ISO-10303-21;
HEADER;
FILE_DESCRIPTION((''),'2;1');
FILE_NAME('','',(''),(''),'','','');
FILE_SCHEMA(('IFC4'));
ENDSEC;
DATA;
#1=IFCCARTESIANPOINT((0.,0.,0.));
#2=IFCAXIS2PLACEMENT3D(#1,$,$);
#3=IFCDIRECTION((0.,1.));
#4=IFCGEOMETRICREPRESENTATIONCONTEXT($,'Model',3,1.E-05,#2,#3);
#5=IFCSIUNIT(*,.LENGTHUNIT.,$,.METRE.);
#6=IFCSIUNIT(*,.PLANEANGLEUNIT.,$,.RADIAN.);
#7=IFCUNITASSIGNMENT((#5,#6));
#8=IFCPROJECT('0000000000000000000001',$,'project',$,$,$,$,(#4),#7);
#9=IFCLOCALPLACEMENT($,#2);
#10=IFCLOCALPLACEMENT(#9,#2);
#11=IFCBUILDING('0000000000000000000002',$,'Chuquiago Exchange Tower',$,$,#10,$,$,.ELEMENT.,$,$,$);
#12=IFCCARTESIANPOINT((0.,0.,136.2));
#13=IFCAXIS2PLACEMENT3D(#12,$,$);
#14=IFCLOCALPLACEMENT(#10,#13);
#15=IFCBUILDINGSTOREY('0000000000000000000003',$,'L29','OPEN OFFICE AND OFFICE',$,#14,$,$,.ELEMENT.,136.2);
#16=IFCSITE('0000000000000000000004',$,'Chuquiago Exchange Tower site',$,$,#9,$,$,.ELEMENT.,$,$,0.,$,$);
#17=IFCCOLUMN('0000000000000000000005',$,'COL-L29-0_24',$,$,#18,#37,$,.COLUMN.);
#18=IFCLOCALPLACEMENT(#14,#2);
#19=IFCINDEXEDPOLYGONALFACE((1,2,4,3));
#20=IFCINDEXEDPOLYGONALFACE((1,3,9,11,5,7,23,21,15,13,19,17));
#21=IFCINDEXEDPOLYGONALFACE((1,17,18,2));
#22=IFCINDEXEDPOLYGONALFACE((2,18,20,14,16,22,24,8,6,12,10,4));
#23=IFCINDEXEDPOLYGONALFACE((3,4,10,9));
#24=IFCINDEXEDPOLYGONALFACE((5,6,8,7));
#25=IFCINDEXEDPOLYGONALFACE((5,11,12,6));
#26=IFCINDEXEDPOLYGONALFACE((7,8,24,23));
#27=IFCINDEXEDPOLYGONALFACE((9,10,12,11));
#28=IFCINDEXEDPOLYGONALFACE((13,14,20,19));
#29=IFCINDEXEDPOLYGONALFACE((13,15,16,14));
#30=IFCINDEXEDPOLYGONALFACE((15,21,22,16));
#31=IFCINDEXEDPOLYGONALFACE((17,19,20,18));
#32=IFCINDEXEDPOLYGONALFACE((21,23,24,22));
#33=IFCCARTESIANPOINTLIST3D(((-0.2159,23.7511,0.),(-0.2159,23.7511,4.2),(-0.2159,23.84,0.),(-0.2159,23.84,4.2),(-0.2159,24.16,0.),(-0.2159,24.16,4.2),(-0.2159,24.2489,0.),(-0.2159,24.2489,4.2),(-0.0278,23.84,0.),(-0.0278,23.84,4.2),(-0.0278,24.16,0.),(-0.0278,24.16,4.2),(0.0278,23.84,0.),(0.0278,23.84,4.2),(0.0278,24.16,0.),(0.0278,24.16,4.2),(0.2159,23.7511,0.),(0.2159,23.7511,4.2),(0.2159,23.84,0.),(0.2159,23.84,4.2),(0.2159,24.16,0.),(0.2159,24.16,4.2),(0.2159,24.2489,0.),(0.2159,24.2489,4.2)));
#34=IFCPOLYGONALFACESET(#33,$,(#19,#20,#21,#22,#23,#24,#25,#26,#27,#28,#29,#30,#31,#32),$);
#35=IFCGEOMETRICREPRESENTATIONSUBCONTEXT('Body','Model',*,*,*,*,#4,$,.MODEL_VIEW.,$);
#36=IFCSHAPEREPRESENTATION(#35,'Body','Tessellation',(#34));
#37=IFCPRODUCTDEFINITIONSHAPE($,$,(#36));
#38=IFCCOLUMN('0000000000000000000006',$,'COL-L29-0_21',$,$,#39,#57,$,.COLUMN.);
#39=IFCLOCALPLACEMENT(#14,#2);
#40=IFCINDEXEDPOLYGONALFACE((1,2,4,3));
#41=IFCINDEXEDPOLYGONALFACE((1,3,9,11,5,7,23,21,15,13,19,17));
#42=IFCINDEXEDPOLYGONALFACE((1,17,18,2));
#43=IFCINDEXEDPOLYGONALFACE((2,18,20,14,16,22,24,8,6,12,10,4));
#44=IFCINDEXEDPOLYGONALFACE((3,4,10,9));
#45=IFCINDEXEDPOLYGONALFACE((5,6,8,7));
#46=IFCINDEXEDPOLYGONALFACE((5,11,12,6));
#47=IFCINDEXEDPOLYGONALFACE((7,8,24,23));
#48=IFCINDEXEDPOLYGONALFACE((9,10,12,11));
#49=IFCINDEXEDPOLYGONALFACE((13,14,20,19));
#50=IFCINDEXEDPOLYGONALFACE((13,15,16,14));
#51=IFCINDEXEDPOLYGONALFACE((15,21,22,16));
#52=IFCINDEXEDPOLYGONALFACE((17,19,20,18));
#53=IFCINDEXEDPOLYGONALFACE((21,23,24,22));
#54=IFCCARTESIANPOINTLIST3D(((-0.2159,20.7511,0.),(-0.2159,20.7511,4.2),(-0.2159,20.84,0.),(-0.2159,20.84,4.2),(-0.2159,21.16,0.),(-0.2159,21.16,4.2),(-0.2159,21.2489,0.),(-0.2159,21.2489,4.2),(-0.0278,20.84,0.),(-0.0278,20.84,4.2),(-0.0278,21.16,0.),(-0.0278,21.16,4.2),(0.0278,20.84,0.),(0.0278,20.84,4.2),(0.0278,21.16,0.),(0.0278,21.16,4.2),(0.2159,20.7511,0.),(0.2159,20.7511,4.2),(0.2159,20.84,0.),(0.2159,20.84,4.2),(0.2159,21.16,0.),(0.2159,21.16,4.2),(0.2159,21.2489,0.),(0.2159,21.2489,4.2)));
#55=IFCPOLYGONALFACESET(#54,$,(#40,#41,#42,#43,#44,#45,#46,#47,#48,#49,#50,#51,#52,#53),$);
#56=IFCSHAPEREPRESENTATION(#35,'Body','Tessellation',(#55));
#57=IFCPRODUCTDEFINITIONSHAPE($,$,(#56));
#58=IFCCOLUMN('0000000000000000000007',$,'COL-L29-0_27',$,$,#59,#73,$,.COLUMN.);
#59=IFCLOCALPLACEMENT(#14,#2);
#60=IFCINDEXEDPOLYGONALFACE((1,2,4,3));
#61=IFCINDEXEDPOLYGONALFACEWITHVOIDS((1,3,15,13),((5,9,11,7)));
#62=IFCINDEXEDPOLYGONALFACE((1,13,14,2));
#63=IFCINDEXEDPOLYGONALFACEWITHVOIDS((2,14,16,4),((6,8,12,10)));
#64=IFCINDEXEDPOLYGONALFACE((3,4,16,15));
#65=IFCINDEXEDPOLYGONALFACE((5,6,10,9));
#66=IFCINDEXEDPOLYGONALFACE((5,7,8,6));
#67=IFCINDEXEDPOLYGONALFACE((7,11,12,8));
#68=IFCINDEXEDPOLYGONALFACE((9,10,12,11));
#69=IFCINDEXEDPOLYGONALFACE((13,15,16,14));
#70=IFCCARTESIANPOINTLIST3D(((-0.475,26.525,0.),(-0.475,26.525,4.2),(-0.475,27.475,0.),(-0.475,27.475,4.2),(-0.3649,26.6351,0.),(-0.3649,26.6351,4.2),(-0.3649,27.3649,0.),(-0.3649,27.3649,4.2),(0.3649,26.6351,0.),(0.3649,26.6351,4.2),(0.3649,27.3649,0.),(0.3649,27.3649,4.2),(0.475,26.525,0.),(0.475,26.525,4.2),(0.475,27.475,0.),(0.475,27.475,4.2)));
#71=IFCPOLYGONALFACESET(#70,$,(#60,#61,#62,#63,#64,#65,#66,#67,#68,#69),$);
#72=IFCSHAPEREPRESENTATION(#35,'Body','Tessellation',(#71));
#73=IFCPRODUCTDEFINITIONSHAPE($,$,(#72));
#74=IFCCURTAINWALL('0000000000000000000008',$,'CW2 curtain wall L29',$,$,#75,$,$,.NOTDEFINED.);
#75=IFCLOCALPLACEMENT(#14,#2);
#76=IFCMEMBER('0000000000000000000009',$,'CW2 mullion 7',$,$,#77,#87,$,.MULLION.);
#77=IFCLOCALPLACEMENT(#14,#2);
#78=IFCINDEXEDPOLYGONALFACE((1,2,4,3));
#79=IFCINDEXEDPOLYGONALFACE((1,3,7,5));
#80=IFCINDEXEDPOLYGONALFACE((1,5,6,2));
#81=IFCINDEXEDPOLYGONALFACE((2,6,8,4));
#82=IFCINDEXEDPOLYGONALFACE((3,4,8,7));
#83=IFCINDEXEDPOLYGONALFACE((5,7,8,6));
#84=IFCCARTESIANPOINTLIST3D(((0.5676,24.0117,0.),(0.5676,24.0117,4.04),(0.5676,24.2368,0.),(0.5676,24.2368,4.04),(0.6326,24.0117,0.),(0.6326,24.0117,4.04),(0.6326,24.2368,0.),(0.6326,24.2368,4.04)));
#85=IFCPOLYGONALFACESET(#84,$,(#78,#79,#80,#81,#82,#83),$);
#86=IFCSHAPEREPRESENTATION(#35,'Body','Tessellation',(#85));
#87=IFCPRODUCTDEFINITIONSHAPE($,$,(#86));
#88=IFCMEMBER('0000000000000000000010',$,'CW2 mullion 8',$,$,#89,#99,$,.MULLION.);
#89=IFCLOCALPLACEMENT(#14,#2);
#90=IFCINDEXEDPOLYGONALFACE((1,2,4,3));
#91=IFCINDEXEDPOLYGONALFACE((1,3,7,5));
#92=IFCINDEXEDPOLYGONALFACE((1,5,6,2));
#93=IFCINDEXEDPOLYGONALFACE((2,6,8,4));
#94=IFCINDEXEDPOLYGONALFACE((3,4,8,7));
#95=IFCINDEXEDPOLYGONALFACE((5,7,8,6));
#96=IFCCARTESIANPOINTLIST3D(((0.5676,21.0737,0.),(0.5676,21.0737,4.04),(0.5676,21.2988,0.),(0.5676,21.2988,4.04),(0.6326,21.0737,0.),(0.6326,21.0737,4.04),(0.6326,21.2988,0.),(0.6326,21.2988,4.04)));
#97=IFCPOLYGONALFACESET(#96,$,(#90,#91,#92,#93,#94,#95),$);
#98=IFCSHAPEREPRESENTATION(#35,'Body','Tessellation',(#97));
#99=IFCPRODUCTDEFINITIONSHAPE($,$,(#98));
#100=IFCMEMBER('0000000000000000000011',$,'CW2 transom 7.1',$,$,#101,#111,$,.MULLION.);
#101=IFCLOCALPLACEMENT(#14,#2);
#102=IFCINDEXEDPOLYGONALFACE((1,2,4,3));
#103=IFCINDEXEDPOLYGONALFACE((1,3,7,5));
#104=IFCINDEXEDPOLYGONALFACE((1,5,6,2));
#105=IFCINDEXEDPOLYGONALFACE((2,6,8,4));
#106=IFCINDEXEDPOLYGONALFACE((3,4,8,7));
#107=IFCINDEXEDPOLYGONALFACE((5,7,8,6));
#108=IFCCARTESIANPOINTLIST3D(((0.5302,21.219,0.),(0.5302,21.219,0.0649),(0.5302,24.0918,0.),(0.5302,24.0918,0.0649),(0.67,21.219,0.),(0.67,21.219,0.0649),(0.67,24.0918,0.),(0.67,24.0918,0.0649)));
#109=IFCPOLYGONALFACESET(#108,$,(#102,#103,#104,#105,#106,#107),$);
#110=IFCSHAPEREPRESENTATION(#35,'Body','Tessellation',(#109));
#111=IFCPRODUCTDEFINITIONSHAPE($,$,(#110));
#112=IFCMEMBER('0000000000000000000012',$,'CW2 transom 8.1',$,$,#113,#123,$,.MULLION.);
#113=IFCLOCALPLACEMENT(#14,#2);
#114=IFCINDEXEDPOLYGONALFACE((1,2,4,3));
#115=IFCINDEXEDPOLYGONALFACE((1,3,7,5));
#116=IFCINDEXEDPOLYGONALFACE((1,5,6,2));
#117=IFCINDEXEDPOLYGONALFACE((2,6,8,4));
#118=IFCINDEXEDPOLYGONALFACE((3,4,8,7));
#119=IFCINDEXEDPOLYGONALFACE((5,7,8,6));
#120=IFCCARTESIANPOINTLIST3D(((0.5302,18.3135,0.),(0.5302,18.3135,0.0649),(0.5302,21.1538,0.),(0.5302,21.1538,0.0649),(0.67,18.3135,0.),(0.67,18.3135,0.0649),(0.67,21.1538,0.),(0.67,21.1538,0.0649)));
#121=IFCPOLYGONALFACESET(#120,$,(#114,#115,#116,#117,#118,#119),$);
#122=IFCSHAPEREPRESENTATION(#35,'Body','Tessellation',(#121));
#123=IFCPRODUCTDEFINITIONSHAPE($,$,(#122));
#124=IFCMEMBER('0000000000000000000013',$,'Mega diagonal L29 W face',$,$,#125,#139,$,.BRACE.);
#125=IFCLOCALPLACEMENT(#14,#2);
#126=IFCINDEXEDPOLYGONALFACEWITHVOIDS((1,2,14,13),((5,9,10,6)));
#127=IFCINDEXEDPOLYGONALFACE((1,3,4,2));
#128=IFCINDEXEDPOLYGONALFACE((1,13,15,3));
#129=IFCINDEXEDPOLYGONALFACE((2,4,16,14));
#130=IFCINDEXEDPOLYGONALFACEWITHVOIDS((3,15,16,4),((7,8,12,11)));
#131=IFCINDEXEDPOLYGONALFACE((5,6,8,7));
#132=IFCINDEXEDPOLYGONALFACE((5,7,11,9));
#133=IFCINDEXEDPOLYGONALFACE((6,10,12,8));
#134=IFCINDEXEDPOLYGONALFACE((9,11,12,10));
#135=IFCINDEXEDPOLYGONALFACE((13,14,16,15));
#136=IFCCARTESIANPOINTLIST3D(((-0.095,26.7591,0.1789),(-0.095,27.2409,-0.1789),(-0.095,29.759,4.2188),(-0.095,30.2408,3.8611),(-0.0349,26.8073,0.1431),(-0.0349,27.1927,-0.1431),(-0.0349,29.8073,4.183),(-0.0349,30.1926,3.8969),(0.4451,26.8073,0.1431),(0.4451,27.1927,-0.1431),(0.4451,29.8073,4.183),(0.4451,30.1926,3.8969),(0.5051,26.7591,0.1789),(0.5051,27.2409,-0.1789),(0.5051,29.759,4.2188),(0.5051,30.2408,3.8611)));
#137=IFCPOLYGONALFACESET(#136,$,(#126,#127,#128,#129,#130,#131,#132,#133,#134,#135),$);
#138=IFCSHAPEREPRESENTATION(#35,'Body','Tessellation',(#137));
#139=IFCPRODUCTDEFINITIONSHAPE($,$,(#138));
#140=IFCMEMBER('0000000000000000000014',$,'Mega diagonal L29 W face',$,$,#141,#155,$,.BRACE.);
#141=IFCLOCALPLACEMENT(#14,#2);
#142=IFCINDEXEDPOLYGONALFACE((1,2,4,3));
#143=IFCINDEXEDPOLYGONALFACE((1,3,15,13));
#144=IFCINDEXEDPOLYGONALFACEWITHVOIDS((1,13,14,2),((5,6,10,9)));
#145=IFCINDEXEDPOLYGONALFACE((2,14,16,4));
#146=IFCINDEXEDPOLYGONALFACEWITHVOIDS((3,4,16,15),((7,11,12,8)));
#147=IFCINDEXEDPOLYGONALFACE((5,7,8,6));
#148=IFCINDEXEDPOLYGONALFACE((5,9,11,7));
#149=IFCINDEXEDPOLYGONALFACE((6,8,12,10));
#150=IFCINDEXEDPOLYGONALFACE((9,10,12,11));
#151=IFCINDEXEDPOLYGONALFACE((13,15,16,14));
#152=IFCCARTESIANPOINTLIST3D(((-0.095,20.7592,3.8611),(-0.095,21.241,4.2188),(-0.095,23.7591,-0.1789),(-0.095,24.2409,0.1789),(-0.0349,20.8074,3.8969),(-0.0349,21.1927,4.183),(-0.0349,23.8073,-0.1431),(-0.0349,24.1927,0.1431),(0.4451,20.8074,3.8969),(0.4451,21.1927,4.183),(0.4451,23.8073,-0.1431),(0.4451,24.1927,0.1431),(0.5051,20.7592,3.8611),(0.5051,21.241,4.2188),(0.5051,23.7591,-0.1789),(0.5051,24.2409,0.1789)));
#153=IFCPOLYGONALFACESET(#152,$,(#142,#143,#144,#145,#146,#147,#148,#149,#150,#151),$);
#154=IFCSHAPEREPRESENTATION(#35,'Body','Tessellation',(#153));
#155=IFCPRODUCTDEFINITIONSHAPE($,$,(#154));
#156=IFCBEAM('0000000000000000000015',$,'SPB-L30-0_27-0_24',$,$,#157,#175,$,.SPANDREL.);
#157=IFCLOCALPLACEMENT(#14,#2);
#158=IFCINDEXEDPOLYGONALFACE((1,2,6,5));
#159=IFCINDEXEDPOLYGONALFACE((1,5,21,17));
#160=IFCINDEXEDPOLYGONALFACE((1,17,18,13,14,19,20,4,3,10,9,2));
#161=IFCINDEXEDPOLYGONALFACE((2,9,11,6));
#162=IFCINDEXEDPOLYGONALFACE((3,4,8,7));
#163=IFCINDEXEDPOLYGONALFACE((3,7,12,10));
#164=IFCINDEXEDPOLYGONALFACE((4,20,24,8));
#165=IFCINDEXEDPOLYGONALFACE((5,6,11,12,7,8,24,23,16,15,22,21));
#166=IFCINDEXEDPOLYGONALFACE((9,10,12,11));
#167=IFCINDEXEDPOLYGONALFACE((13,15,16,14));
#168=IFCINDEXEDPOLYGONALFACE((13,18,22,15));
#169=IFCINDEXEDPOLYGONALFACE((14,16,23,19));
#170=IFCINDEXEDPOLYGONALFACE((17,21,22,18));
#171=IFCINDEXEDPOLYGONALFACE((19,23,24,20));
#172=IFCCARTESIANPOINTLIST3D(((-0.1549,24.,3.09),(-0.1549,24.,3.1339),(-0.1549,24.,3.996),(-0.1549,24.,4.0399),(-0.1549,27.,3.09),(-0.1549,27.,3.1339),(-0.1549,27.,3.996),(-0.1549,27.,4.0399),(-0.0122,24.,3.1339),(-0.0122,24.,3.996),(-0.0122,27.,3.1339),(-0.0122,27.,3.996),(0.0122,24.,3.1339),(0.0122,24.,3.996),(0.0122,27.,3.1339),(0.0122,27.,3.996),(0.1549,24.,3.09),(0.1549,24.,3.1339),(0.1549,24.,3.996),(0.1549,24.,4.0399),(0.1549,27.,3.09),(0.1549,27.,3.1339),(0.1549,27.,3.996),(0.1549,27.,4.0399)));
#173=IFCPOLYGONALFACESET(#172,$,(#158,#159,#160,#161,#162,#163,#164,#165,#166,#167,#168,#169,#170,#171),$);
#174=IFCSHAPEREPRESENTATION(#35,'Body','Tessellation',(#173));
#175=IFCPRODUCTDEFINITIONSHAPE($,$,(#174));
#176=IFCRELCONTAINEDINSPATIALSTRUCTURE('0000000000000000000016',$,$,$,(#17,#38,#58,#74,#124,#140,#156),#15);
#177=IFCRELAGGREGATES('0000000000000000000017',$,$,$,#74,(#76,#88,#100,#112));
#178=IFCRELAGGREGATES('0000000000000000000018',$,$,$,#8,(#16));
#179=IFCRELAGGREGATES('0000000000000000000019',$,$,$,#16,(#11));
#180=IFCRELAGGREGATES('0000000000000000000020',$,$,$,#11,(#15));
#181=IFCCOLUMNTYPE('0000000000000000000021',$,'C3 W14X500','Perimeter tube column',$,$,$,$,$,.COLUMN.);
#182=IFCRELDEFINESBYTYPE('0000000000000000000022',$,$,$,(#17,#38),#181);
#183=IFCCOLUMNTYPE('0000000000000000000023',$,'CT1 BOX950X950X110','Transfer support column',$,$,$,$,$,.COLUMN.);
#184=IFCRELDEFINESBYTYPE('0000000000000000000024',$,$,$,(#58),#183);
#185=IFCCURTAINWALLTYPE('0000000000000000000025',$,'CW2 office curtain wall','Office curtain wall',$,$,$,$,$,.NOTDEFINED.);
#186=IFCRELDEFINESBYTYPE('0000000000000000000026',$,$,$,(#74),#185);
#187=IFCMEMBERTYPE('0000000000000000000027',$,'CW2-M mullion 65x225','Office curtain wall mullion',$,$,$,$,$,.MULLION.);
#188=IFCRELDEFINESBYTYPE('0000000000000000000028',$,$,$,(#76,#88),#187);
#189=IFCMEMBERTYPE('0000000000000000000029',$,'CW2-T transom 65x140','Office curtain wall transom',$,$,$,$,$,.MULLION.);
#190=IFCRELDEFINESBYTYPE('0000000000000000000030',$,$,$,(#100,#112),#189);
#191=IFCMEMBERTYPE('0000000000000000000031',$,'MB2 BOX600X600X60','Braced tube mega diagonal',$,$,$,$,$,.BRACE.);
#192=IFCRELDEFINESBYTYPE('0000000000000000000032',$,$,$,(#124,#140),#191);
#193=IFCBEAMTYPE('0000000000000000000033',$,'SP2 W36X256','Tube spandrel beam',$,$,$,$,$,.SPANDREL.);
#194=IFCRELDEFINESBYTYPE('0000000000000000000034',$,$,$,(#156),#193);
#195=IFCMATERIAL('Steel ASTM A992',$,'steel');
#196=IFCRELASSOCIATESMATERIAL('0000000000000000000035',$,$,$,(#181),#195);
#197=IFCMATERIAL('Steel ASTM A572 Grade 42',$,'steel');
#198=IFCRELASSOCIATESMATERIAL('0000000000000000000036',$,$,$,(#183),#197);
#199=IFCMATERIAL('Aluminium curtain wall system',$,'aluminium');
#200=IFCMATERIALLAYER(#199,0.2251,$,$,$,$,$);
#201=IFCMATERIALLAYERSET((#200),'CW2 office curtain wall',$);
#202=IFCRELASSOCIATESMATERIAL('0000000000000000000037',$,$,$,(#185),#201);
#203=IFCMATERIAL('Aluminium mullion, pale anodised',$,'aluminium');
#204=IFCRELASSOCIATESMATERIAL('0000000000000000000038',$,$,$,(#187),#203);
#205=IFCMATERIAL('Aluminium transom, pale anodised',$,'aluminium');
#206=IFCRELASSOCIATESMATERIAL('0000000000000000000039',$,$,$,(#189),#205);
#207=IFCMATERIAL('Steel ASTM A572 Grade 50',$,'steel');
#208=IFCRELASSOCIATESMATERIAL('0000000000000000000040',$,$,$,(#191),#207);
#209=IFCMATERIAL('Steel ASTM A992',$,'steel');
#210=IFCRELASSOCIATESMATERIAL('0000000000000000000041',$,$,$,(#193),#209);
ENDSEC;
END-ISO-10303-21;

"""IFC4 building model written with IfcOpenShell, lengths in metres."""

from ifc_helpers import new_model, si_unit, direction, frame, origin, origin_2d, place, context, subcontext, project, spatial, rectangle, hollow_rectangle, i_section, extrude, material, layer, layer_set, material_profile, profile_set, type_object, element, aggregate, save


model = new_model("IFC4")

# Units and contexts
model_context = context("Model", 3, precision=1e-05, world=origin(), true_north=direction((0.0, 1.0)))
body_context = subcontext(model_context, "Body", "Model", "MODEL_VIEW")
ifc_project = project(units=[si_unit("LENGTHUNIT", "METRE"), si_unit("PLANEANGLEUNIT", "RADIAN")], contexts=[model_context])

# Site, building, storey
site_placement = place(None, origin())
site = spatial("IfcSite", under=ifc_project, at=site_placement, Name="Chuquiago Exchange Tower site", CompositionType="ELEMENT", RefElevation=0.0)
building_placement = place(site_placement, origin())
building = spatial("IfcBuilding", under=site, at=building_placement, Name="Chuquiago Exchange Tower", CompositionType="ELEMENT")
storey_placement = place(building_placement, frame((0.0, 0.0, 136.2)))
storey = spatial("IfcBuildingStorey", under=building, at=storey_placement, Name="L29", Description="OPEN OFFICE AND OFFICE", CompositionType="ELEMENT", Elevation=136.2)

# Columns
ifc_material_1 = material(Name="Steel ASTM A992", Category="steel")
ifc_material_profile_1 = material_profile(ifc_material_1, i_section(OverallWidth=0.4319, OverallDepth=0.4978, WebThickness=0.0557, FlangeThickness=0.0889, at=origin_2d()), Name="W14X500")
ifc_profile_set_1 = profile_set([ifc_material_profile_1], Name="Steel ASTM A992")
column_type_1 = type_object("IfcColumnType", Name="C3 W14X500", Description="Perimeter tube column", PredefinedType="COLUMN", material=ifc_profile_set_1)
for number, where, z_axis, x_axis, name in (
    (1, (0.0, 24.0, 0.0), (0.0, 0.0, 1.0), (-1.0, 0.0, 0.0), "COL-L29-0_24"),
    (2, (0.0, 21.0, 0.0), (0.0, 0.0, 1.0), (-1.0, 0.0, 0.0), "COL-L29-0_21"),
):
    element("IfcColumn", number, at=place(storey_placement, frame(where, z_axis=z_axis, x_axis=x_axis)), inside=storey, type_object=column_type_1, Name=name, PredefinedType="COLUMN", context=body_context, shape_type="SweptSolid", body=[
        extrude(i_section(OverallWidth=0.4319, OverallDepth=0.4978, WebThickness=0.0557, FlangeThickness=0.0889, at=origin_2d()), origin(), (0.0, 0.0, 1.0), 4.2),
    ])
ifc_material_2 = material(Name="Steel ASTM A572 Grade 42", Category="steel")
ifc_material_profile_2 = material_profile(ifc_material_2, hollow_rectangle(XDim=0.95, YDim=0.95, WallThickness=0.1101, at=origin_2d()), Name="BOX950X950X110")
ifc_profile_set_2 = profile_set([ifc_material_profile_2], Name="Steel ASTM A572 Grade 42")
column_type_2 = type_object("IfcColumnType", Name="CT1 BOX950X950X110", Description="Transfer support column", PredefinedType="COLUMN", material=ifc_profile_set_2)
column_placement = place(storey_placement, frame((0.0, 27.0, 0.0), z_axis=(0.0, 0.0, 1.0), x_axis=(-1.0, 0.0, 0.0)))
element("IfcColumn", 3, at=column_placement, inside=storey, type_object=column_type_2, Name="COL-L29-0_27", PredefinedType="COLUMN", context=body_context, shape_type="SweptSolid", body=[
    extrude(hollow_rectangle(XDim=0.95, YDim=0.95, WallThickness=0.1101, at=origin_2d()), origin(), (0.0, 0.0, 1.0), 4.2),
])

# Curtain wall, members
ifc_material_3 = material(Name="Aluminium curtain wall system", Category="aluminium")
ifc_layer_1 = layer(ifc_material_3, 0.2251)
ifc_layer_set_1 = layer_set([ifc_layer_1], Name="CW2 office curtain wall")
curtain_wall_type = type_object("IfcCurtainWallType", Name="CW2 office curtain wall", Description="Office curtain wall", PredefinedType="NOTDEFINED", material=ifc_layer_set_1)
curtain_wall_placement = place(storey_placement, origin())
curtain_wall = element("IfcCurtainWall", 4, at=curtain_wall_placement, inside=storey, type_object=curtain_wall_type, Name="CW2 curtain wall L29", PredefinedType="NOTDEFINED")
ifc_material_4 = material(Name="Aluminium mullion, pale anodised", Category="aluminium")
ifc_material_profile_3 = material_profile(ifc_material_4, rectangle(XDim=0.0649, YDim=0.2251, at=origin_2d()), Name="AL 65x225")
ifc_profile_set_3 = profile_set([ifc_material_profile_3], Name="Aluminium mullion, pale anodised")
member_type_1 = type_object("IfcMemberType", Name="CW2-M mullion 65x225", Description="Office curtain wall mullion", PredefinedType="MULLION", material=ifc_profile_set_3)
member_1_placement = place(storey_placement, frame((0.6001, 24.1243, 0.0), z_axis=(0.0, 0.0, 1.0), x_axis=(1.0, 0.0, 0.0)))
member_1 = element("IfcMember", 5, at=member_1_placement, type_object=member_type_1, Name="CW2 mullion 7", PredefinedType="MULLION", context=body_context, shape_type="SweptSolid", body=[
    extrude(rectangle(XDim=0.0649, YDim=0.2251, at=origin_2d()), origin(), (0.0, 0.0, 1.0), 4.04),
])
member_2_placement = place(storey_placement, frame((0.6001, 21.1863, 0.0), z_axis=(0.0, 0.0, 1.0), x_axis=(1.0, 0.0, 0.0)))
member_2 = element("IfcMember", 6, at=member_2_placement, type_object=member_type_1, Name="CW2 mullion 8", PredefinedType="MULLION", context=body_context, shape_type="SweptSolid", body=[
    extrude(rectangle(XDim=0.0649, YDim=0.2251, at=origin_2d()), origin(), (0.0, 0.0, 1.0), 4.04),
])
ifc_material_5 = material(Name="Aluminium transom, pale anodised", Category="aluminium")
ifc_material_profile_4 = material_profile(ifc_material_5, rectangle(XDim=0.1399, YDim=0.0649, at=origin_2d()), Name="AL 140x65")
ifc_profile_set_4 = profile_set([ifc_material_profile_4], Name="Aluminium transom, pale anodised")
member_type_2 = type_object("IfcMemberType", Name="CW2-T transom 65x140", Description="Office curtain wall transom", PredefinedType="MULLION", material=ifc_profile_set_4)
member_3_placement = place(storey_placement, frame((0.6001, 24.0918, 0.0325), z_axis=(0.0, -1.0, 0.0), x_axis=(1.0, 0.0, 0.0)))
member_3 = element("IfcMember", 7, at=member_3_placement, type_object=member_type_2, Name="CW2 transom 7.1", PredefinedType="MULLION", context=body_context, shape_type="SweptSolid", body=[
    extrude(rectangle(XDim=0.1399, YDim=0.0649, at=origin_2d()), origin(), (0.0, 0.0, 1.0), 2.8728),
])
member_4_placement = place(storey_placement, frame((0.6001, 21.1538, 0.0325), z_axis=(0.0, -1.0, 0.0), x_axis=(1.0, 0.0, 0.0)))
member_4 = element("IfcMember", 8, at=member_4_placement, type_object=member_type_2, Name="CW2 transom 8.1", PredefinedType="MULLION", context=body_context, shape_type="SweptSolid", body=[
    extrude(rectangle(XDim=0.1399, YDim=0.0649, at=origin_2d()), origin(), (0.0, 0.0, 1.0), 2.8403),
])

# Members
ifc_material_6 = material(Name="Steel ASTM A572 Grade 50", Category="steel")
ifc_material_profile_5 = material_profile(ifc_material_6, hollow_rectangle(XDim=0.6001, YDim=0.6001, WallThickness=0.0601, at=origin_2d()), Name="BOX600X600X60")
ifc_profile_set_5 = profile_set([ifc_material_profile_5], Name="Steel ASTM A572 Grade 50")
member_type_3 = type_object("IfcMemberType", Name="MB2 BOX600X600X60", Description="Braced tube mega diagonal", PredefinedType="BRACE", material=ifc_profile_set_5)
for number, where, z_axis, x_axis, name in (
    (9, (0.2051, 27.0, 0.0), (0.0, 0.596174, 0.802855), (-1.0, 0.0, 0.0), "Mega diagonal L29 W face"),
    (10, (0.2051, 24.0, 0.0), (0.0, -0.596174, 0.802855), (1.0, 0.0, 0.0), "Mega diagonal L29 W face"),
):
    element("IfcMember", number, at=place(storey_placement, frame(where, z_axis=z_axis, x_axis=x_axis)), inside=storey, type_object=member_type_3, Name=name, PredefinedType="BRACE", context=body_context, shape_type="SweptSolid", body=[
        extrude(hollow_rectangle(XDim=0.6001, YDim=0.6001, WallThickness=0.0601, at=origin_2d()), origin(), (0.0, 0.0, 1.0), 5.032),
    ])

# Beam
ifc_material_7 = material(Name="Steel ASTM A992", Category="steel")
ifc_material_profile_6 = material_profile(ifc_material_7, i_section(OverallWidth=0.3098, OverallDepth=0.95, WebThickness=0.0244, FlangeThickness=0.0439, at=origin_2d()), Name="W36X256")
ifc_profile_set_6 = profile_set([ifc_material_profile_6], Name="Steel ASTM A992")
beam_type = type_object("IfcBeamType", Name="SP2 W36X256", Description="Tube spandrel beam", PredefinedType="SPANDREL", material=ifc_profile_set_6)
for number, where, z_axis, x_axis, name in (
    (11, (0.0, 27.0, 3.5649), (0.0, -1.0, 0.0), (1.0, 0.0, 0.0), "SPB-L30-0_27-0_24"),
):
    element("IfcBeam", number, at=place(storey_placement, frame(where, z_axis=z_axis, x_axis=x_axis)), inside=storey, type_object=beam_type, Name=name, PredefinedType="SPANDREL", context=body_context, shape_type="SweptSolid", body=[
        extrude(i_section(OverallWidth=0.3098, OverallDepth=0.95, WebThickness=0.0244, FlangeThickness=0.0439, at=origin_2d()), origin(), (0.0, 0.0, 1.0), 3.0),
    ])

aggregate(curtain_wall, [member_1, member_2, member_3, member_4])

save(model, "model.ifc")
